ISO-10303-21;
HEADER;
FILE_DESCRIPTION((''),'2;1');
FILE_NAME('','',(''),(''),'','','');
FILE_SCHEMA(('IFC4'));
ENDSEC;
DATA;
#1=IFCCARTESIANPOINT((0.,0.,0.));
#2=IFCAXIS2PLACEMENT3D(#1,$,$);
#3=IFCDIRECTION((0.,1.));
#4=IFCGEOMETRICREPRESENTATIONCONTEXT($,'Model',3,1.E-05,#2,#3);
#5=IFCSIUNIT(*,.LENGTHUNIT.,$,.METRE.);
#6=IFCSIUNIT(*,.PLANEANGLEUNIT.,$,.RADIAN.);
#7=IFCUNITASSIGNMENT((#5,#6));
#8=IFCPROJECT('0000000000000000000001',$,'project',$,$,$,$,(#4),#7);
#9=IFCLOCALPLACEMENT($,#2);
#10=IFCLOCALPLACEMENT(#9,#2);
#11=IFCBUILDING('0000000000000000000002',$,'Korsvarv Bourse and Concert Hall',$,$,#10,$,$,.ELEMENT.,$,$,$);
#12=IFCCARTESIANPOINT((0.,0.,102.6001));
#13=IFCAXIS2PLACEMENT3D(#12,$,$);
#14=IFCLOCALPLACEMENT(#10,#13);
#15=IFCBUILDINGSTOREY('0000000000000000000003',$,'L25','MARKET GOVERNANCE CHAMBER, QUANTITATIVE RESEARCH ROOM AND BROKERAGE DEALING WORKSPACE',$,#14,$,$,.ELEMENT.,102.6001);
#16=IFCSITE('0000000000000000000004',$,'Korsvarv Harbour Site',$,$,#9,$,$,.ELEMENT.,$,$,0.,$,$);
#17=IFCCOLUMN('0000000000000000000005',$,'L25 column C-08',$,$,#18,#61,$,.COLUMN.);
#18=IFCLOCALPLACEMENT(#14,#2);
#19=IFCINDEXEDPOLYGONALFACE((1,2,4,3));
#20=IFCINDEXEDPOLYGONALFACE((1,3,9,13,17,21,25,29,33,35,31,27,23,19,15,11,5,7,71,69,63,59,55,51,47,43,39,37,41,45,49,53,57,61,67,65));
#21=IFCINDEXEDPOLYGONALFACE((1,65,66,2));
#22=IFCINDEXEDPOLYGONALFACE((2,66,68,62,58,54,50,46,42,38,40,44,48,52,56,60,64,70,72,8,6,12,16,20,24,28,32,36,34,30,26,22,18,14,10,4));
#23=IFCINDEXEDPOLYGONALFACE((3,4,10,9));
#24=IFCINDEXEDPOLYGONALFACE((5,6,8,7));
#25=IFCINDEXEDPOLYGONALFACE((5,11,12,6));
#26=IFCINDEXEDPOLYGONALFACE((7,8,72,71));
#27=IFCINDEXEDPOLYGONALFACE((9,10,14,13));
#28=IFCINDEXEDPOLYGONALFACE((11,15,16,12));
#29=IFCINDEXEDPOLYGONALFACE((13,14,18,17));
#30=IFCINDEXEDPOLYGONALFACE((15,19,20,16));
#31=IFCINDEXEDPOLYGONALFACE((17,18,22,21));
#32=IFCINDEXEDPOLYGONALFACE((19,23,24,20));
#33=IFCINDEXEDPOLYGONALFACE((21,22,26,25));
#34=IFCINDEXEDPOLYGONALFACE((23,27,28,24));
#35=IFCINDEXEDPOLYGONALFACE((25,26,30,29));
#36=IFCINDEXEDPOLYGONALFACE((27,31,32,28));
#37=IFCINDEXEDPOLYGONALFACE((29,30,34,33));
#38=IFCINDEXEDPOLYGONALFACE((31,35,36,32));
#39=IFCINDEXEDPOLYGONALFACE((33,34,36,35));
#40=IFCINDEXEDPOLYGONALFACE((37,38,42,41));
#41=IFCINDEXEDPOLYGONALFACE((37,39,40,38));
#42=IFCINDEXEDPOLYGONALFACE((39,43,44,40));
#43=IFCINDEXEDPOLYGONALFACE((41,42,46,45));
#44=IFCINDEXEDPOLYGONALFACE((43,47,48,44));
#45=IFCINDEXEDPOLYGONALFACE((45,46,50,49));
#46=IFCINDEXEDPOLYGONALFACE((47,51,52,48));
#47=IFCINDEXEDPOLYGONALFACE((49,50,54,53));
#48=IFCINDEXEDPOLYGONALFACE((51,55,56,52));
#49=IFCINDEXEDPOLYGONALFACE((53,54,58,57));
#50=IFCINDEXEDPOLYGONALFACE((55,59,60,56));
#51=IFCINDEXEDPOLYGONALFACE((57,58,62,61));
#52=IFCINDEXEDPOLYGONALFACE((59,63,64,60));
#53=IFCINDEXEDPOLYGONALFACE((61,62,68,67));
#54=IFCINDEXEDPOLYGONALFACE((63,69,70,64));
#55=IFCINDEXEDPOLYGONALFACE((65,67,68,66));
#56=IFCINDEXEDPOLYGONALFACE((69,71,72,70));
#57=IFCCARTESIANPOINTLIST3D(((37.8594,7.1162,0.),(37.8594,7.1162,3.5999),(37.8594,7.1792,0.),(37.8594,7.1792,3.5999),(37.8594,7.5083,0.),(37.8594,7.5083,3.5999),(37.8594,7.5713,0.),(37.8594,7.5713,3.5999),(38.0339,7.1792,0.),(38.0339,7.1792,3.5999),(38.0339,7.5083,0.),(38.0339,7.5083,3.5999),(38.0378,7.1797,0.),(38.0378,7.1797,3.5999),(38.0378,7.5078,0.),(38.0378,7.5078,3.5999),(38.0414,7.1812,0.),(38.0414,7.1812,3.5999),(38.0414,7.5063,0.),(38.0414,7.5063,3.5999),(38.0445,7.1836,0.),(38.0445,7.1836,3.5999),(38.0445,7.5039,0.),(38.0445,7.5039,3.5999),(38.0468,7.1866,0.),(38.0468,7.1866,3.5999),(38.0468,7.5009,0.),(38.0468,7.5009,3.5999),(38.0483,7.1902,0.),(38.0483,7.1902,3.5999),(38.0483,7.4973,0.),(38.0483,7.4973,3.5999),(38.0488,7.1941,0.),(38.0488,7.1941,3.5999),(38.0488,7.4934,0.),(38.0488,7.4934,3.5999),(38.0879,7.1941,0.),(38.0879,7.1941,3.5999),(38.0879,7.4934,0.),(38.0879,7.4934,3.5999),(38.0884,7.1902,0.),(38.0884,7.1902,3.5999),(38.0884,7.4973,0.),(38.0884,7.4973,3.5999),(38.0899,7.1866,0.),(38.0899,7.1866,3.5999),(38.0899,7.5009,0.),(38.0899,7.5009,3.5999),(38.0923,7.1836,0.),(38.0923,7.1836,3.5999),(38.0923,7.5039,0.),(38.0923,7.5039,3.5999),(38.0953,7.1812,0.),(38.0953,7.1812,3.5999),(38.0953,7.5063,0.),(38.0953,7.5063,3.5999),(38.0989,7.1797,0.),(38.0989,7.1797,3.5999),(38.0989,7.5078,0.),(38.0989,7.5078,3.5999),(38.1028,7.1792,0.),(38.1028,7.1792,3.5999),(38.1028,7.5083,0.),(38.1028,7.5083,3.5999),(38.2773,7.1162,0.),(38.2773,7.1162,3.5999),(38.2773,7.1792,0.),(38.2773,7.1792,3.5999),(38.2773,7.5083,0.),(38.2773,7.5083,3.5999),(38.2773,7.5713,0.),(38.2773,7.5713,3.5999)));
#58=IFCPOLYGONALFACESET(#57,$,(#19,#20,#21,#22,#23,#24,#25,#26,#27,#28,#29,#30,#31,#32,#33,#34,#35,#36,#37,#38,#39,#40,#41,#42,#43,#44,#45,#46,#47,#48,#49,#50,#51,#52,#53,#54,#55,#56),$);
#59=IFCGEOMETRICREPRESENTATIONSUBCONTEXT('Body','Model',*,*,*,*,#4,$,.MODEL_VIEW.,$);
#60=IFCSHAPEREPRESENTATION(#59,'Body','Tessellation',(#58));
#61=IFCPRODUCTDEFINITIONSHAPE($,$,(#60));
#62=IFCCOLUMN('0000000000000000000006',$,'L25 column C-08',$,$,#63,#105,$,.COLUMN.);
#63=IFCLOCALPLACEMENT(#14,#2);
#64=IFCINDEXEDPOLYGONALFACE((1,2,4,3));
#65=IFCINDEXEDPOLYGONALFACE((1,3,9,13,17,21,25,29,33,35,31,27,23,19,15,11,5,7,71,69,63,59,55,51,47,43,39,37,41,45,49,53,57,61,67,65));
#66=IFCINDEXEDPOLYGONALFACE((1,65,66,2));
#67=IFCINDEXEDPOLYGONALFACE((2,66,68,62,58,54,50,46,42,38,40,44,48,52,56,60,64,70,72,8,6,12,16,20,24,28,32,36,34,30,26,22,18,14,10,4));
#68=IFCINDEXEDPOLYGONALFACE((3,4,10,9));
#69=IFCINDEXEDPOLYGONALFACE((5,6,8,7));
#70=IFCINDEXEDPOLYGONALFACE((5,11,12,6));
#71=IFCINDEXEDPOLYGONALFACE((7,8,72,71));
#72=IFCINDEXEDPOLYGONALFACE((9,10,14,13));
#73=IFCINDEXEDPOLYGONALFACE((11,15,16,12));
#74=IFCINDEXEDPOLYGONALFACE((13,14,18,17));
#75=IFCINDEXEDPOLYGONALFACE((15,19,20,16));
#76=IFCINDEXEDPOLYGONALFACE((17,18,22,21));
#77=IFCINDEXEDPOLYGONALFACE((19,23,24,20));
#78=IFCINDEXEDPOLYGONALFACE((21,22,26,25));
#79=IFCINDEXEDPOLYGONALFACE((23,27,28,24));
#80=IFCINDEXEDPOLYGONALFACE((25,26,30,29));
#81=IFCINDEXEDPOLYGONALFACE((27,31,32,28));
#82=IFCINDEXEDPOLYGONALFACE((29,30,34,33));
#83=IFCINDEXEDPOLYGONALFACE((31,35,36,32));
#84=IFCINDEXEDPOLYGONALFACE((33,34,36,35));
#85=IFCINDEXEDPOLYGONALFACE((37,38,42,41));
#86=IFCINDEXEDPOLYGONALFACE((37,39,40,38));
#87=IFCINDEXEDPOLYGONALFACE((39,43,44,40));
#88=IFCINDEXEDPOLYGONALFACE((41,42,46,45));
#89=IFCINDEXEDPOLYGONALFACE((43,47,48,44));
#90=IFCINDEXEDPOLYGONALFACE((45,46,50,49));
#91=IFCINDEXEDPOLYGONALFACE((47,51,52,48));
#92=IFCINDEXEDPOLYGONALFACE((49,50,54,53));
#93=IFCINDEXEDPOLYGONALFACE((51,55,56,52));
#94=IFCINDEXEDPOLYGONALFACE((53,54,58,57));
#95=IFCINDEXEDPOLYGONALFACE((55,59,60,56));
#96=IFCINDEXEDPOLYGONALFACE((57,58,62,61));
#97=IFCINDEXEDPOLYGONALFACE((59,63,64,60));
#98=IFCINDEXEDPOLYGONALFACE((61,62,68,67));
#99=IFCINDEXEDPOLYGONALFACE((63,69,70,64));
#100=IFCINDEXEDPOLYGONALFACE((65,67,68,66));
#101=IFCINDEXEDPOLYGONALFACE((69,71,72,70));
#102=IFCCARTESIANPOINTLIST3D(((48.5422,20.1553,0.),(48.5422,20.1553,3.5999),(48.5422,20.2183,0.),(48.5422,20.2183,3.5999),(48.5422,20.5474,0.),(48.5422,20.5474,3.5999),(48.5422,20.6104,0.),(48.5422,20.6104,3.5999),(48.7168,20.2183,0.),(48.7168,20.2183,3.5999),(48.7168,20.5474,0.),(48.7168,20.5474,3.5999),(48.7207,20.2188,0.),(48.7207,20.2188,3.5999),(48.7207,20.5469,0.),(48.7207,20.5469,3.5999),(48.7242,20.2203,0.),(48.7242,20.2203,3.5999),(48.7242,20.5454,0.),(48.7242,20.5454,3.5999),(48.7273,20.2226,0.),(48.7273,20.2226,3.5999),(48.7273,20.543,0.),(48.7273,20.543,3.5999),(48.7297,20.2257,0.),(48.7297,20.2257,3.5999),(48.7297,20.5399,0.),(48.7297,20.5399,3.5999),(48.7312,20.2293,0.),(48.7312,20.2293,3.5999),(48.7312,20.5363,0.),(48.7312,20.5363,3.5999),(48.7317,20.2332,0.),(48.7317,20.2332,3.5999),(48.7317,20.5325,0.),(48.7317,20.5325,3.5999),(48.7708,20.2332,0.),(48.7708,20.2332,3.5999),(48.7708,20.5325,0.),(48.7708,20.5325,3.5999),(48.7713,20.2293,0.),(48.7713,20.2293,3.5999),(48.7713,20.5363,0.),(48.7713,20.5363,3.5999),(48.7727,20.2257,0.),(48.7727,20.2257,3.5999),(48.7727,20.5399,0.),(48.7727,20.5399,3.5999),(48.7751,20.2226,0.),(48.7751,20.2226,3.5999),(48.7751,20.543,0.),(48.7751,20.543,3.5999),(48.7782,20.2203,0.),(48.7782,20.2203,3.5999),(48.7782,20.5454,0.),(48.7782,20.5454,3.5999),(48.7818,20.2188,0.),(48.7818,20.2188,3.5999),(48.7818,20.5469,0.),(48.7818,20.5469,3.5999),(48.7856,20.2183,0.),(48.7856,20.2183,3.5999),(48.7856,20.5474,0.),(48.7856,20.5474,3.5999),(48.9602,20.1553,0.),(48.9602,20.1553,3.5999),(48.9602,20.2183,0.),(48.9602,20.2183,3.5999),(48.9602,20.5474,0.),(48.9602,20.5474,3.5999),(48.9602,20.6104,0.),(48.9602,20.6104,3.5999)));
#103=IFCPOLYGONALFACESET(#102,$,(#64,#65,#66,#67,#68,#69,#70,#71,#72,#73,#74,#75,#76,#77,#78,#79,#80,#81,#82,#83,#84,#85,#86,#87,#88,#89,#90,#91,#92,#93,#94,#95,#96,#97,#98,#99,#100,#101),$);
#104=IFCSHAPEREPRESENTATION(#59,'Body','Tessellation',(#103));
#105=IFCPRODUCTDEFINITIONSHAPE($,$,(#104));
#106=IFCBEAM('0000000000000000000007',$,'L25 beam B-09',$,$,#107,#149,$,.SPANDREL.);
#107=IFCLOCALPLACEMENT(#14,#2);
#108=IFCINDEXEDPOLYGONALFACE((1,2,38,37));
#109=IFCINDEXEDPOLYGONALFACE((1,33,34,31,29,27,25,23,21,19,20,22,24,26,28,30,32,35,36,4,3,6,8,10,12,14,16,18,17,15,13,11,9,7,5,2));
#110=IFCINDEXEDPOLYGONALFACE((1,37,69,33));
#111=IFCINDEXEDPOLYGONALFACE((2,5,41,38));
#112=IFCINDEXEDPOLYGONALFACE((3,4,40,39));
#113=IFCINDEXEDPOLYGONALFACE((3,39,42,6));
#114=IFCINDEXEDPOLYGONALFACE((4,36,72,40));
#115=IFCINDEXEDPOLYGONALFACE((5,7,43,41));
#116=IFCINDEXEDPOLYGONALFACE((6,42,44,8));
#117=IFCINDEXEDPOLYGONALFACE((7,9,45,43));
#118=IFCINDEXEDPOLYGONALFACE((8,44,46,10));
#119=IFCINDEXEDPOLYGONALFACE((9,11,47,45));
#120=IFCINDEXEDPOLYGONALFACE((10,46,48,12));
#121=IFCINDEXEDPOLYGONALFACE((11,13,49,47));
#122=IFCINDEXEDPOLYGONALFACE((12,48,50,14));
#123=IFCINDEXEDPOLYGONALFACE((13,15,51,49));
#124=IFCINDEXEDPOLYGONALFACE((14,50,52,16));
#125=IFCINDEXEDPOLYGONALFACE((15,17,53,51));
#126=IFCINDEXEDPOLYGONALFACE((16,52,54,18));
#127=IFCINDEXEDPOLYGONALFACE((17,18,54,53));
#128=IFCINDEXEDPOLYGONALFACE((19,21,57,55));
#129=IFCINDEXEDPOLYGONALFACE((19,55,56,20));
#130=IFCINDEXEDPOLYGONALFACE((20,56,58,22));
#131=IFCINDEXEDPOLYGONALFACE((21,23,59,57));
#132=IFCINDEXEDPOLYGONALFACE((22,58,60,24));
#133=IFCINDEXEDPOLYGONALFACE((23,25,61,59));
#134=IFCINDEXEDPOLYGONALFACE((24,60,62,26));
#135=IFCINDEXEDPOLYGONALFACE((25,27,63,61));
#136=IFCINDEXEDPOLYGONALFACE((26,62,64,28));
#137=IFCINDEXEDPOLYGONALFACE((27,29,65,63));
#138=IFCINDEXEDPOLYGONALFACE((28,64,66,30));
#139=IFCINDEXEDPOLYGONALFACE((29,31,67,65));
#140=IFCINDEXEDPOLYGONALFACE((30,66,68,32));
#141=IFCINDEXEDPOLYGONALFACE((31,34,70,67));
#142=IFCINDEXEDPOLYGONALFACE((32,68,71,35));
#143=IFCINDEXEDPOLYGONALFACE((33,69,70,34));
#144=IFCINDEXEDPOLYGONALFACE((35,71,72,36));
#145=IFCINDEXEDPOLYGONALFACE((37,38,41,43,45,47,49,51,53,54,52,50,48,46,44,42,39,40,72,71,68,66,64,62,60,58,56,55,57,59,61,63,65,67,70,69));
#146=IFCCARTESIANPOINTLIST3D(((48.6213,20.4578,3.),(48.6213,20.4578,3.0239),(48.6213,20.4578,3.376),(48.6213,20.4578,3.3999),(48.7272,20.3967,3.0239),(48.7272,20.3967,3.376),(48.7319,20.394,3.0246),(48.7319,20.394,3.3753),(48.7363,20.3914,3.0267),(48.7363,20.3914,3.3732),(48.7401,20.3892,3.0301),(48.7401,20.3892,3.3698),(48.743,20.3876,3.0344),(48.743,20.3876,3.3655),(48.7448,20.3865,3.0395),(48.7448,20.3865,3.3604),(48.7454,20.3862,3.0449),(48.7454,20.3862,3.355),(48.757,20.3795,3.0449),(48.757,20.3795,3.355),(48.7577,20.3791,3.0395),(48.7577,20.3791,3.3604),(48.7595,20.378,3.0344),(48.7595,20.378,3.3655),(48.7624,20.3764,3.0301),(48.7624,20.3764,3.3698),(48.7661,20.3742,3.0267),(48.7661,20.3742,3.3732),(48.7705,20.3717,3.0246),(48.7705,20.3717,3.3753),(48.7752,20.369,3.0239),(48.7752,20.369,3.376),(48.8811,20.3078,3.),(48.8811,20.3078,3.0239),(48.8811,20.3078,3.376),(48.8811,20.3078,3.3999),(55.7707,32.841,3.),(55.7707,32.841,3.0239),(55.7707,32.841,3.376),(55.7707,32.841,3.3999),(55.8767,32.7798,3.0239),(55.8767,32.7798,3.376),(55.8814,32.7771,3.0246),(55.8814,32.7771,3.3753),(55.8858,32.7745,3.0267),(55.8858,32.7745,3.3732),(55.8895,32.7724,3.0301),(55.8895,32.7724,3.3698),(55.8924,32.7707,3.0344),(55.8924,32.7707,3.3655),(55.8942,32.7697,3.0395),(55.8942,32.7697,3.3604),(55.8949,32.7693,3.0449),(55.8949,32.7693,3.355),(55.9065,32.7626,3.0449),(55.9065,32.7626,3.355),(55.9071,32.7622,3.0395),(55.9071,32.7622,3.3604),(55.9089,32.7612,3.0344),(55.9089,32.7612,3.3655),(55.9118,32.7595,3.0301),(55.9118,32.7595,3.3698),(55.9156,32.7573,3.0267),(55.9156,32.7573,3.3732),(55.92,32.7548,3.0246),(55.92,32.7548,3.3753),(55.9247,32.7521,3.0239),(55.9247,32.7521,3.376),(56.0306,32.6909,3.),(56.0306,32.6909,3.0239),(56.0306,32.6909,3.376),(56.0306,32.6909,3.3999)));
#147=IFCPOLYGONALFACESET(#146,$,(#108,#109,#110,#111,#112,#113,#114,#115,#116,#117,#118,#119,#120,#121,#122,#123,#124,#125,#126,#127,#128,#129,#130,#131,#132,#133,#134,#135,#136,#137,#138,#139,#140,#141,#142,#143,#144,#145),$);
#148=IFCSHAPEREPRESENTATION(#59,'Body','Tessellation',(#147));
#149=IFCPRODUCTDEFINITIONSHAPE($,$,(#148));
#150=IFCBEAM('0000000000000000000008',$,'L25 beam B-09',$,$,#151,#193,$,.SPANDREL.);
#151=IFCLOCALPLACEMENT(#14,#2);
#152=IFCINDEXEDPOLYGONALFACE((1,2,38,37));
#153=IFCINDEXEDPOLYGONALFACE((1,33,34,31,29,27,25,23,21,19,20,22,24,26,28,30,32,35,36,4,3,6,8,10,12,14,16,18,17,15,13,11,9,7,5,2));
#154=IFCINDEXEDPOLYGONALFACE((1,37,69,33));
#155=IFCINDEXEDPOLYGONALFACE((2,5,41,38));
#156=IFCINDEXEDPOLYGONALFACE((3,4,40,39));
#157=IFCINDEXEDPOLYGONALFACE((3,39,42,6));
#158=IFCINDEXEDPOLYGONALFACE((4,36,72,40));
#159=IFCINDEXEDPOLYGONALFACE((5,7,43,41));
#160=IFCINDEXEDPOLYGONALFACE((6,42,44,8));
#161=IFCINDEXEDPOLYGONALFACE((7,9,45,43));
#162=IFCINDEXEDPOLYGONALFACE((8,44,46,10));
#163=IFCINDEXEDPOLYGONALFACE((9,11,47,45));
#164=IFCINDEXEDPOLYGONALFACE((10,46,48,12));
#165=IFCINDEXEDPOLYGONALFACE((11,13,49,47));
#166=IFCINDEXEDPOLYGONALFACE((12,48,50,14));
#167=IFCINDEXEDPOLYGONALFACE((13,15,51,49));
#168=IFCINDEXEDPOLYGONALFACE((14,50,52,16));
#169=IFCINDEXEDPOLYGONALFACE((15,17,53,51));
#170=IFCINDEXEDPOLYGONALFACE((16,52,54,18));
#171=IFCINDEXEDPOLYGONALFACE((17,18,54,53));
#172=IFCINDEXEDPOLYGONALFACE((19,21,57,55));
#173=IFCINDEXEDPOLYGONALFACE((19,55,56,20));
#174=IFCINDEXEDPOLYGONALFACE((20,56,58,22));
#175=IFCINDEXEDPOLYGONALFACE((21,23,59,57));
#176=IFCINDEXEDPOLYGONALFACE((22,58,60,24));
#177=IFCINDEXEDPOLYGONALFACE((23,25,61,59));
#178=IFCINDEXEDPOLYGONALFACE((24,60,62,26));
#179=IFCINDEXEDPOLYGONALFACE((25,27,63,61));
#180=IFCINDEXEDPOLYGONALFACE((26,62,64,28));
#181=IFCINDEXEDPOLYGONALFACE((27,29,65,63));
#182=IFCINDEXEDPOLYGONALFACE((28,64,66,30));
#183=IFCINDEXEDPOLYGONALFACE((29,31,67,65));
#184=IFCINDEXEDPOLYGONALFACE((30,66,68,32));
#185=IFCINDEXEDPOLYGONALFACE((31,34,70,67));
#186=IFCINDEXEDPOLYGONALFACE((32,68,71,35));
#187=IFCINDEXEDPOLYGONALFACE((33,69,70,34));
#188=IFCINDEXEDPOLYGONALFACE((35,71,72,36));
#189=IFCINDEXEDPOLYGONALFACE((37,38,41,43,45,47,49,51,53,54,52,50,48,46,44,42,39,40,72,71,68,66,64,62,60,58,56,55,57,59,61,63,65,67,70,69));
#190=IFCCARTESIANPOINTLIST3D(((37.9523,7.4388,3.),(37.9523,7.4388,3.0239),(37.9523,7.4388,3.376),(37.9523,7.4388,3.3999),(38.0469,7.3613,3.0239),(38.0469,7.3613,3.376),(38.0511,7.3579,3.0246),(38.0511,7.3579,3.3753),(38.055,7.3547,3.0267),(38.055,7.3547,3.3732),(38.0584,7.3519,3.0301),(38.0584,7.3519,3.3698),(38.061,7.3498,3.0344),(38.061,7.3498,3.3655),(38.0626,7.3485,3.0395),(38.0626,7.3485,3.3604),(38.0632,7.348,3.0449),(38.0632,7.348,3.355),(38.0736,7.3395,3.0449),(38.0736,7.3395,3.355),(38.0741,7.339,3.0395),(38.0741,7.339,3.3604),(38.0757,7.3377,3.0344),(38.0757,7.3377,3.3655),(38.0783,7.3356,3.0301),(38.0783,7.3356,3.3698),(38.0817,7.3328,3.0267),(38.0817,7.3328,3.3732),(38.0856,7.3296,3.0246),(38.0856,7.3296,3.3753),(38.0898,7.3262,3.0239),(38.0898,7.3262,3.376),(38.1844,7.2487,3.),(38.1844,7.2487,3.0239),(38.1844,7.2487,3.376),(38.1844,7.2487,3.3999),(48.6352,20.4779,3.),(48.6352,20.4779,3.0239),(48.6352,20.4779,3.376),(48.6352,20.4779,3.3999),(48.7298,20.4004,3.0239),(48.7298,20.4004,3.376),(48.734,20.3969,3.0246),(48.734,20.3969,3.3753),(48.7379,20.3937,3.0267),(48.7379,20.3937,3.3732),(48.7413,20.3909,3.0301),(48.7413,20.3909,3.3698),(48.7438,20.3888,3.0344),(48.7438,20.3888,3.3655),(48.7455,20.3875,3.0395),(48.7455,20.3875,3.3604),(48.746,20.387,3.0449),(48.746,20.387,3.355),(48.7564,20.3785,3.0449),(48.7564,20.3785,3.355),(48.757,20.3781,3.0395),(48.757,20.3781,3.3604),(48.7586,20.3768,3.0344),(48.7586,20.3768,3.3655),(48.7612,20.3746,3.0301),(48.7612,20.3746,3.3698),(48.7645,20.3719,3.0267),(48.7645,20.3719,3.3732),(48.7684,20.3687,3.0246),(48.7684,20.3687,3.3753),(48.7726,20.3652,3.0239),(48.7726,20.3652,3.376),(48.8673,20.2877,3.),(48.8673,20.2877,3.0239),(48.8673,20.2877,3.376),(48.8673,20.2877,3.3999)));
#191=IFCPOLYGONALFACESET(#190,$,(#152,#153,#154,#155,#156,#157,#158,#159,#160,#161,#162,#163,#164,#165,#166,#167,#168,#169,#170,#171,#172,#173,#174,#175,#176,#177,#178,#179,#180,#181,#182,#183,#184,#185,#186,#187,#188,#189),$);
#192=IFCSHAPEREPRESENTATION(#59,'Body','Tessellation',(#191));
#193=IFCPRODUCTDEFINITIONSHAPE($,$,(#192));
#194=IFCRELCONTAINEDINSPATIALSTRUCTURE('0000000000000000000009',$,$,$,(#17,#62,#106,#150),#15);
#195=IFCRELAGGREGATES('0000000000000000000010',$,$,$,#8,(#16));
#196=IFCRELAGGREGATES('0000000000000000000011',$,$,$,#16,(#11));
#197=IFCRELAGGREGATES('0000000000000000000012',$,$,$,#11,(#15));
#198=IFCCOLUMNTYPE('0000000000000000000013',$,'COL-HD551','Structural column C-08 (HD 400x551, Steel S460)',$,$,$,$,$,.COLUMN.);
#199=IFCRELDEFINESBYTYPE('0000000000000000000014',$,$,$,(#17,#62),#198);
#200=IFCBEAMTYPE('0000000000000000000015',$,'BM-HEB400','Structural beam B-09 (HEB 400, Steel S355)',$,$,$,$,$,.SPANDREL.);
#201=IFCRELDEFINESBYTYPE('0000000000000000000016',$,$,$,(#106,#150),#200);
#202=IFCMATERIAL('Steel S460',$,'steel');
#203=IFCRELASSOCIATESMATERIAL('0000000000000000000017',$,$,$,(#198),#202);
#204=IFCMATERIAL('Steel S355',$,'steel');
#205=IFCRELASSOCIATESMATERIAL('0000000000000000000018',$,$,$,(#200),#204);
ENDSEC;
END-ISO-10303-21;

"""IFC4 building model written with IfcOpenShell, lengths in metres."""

from ifc_helpers import new_model, si_unit, direction, frame, origin, origin_2d, place, context, subcontext, project, spatial, i_section, extrude, source, transform, mapped, material, material_profile, profile_set, type_object, element, save


model = new_model("IFC4")

# Units and contexts
model_context = context("Model", 3, precision=1e-05, world=origin(), true_north=direction((0.0, 1.0)))
body_context = subcontext(model_context, "Body", "Model", "MODEL_VIEW")
ifc_project = project(units=[si_unit("LENGTHUNIT", "METRE"), si_unit("PLANEANGLEUNIT", "RADIAN")], contexts=[model_context])

# Site, building, storey
site_placement = place(None, origin())
site = spatial("IfcSite", under=ifc_project, at=site_placement, Name="Korsvarv Harbour Site", CompositionType="ELEMENT", RefElevation=0.0)
building_placement = place(site_placement, origin())
building = spatial("IfcBuilding", under=site, at=building_placement, Name="Korsvarv Bourse and Concert Hall", CompositionType="ELEMENT")
storey_placement = place(building_placement, frame((0.0, 0.0, 102.6001)))
storey = spatial("IfcBuildingStorey", under=building, at=storey_placement, Name="L25", Description="MARKET GOVERNANCE CHAMBER, QUANTITATIVE RESEARCH ROOM AND BROKERAGE DEALING WORKSPACE", CompositionType="ELEMENT", Elevation=102.6001)

# Columns
ifc_material_1 = material(Name="Steel S460", Category="steel")
ifc_material_profile_1 = material_profile(ifc_material_1, i_section(OverallWidth=0.418, OverallDepth=0.4551, WebThickness=0.0391, FlangeThickness=0.063, FilletRadius=0.0149, at=origin_2d()), Name="HD 400x551")
ifc_profile_set_1 = profile_set([ifc_material_profile_1], Name="Steel S460")
column_type = type_object("IfcColumnType", Name="COL-HD551", Description="Structural column C-08 (HD 400x551, Steel S460)", PredefinedType="COLUMN", material=ifc_profile_set_1)
shared_shape_1 = source(origin(), body_context, "Body", "SweptSolid", [
    extrude(i_section(OverallWidth=0.418, OverallDepth=0.4551, WebThickness=0.0391, FlangeThickness=0.063, FilletRadius=0.0149, at=origin_2d()), origin(), (0.0, 0.0, 1.0), 3.5999),
])
for number, where, z_axis, x_axis, name in (
    (1, (38.0684, 7.3438, 0.0), (0.0, 0.0, 1.0), (1.0, 0.0, 0.0), "L25 column C-08"),
    (2, (48.7512, 20.3828, 0.0), (0.0, 0.0, 1.0), (1.0, 0.0, 0.0), "L25 column C-08"),
):
    element("IfcColumn", number, at=place(storey_placement, frame(where, z_axis=z_axis, x_axis=x_axis)), inside=storey, type_object=column_type, Name=name, PredefinedType="COLUMN", context=body_context, shape_type="MappedRepresentation", body=[
        mapped(shared_shape_1, transform((0.0, 0.0, 0.0), scale=1.0)),
    ])

# Beams
ifc_material_2 = material(Name="Steel S355", Category="steel")
ifc_material_profile_2 = material_profile(ifc_material_2, i_section(OverallWidth=0.3, OverallDepth=0.3999, WebThickness=0.0134, FlangeThickness=0.0239, FilletRadius=0.021, at=origin_2d()), Name="HEB 400")
ifc_profile_set_2 = profile_set([ifc_material_profile_2], Name="Steel S355")
beam_type_1 = type_object("IfcBeamType", Name="BM-HEB400", Description="Structural beam B-09 (HEB 400, Steel S355)", PredefinedType="SPANDREL", material=ifc_profile_set_2)
shared_shape_2 = source(origin(), body_context, "Body", "SweptSolid", [
    extrude(i_section(OverallWidth=0.3, OverallDepth=0.3999, WebThickness=0.0134, FlangeThickness=0.0239, FilletRadius=0.021, at=origin_2d()), origin(), (0.0, 0.0, 1.0), 14.2988),
])
beam_1_placement = place(storey_placement, frame((48.7512, 20.3828, 3.2), z_axis=(0.500003, 0.866024, 0.0), x_axis=(-0.866024, 0.500003, 0.0)))
element("IfcBeam", 3, at=beam_1_placement, inside=storey, type_object=beam_type_1, Name="L25 beam B-09", PredefinedType="SPANDREL", context=body_context, shape_type="MappedRepresentation", body=[
    mapped(shared_shape_2, transform((0.0, 0.0, 0.0), scale=1.0)),
])
shared_shape_3 = source(origin(), body_context, "Body", "SweptSolid", [
    extrude(i_section(OverallWidth=0.3, OverallDepth=0.3999, WebThickness=0.0134, FlangeThickness=0.0239, FilletRadius=0.021, at=origin_2d()), origin(), (0.0, 0.0, 1.0), 16.8564),
])
beam_2_placement = place(storey_placement, frame((38.0684, 7.3438, 3.2), z_axis=(0.633754, 0.773534, 0.0), x_axis=(-0.773534, 0.633754, 0.0)))
element("IfcBeam", 4, at=beam_2_placement, inside=storey, type_object=beam_type_1, Name="L25 beam B-09", PredefinedType="SPANDREL", context=body_context, shape_type="MappedRepresentation", body=[
    mapped(shared_shape_3, transform((0.0, 0.0, 0.0), scale=1.0)),
])

save(model, "model.ifc")
